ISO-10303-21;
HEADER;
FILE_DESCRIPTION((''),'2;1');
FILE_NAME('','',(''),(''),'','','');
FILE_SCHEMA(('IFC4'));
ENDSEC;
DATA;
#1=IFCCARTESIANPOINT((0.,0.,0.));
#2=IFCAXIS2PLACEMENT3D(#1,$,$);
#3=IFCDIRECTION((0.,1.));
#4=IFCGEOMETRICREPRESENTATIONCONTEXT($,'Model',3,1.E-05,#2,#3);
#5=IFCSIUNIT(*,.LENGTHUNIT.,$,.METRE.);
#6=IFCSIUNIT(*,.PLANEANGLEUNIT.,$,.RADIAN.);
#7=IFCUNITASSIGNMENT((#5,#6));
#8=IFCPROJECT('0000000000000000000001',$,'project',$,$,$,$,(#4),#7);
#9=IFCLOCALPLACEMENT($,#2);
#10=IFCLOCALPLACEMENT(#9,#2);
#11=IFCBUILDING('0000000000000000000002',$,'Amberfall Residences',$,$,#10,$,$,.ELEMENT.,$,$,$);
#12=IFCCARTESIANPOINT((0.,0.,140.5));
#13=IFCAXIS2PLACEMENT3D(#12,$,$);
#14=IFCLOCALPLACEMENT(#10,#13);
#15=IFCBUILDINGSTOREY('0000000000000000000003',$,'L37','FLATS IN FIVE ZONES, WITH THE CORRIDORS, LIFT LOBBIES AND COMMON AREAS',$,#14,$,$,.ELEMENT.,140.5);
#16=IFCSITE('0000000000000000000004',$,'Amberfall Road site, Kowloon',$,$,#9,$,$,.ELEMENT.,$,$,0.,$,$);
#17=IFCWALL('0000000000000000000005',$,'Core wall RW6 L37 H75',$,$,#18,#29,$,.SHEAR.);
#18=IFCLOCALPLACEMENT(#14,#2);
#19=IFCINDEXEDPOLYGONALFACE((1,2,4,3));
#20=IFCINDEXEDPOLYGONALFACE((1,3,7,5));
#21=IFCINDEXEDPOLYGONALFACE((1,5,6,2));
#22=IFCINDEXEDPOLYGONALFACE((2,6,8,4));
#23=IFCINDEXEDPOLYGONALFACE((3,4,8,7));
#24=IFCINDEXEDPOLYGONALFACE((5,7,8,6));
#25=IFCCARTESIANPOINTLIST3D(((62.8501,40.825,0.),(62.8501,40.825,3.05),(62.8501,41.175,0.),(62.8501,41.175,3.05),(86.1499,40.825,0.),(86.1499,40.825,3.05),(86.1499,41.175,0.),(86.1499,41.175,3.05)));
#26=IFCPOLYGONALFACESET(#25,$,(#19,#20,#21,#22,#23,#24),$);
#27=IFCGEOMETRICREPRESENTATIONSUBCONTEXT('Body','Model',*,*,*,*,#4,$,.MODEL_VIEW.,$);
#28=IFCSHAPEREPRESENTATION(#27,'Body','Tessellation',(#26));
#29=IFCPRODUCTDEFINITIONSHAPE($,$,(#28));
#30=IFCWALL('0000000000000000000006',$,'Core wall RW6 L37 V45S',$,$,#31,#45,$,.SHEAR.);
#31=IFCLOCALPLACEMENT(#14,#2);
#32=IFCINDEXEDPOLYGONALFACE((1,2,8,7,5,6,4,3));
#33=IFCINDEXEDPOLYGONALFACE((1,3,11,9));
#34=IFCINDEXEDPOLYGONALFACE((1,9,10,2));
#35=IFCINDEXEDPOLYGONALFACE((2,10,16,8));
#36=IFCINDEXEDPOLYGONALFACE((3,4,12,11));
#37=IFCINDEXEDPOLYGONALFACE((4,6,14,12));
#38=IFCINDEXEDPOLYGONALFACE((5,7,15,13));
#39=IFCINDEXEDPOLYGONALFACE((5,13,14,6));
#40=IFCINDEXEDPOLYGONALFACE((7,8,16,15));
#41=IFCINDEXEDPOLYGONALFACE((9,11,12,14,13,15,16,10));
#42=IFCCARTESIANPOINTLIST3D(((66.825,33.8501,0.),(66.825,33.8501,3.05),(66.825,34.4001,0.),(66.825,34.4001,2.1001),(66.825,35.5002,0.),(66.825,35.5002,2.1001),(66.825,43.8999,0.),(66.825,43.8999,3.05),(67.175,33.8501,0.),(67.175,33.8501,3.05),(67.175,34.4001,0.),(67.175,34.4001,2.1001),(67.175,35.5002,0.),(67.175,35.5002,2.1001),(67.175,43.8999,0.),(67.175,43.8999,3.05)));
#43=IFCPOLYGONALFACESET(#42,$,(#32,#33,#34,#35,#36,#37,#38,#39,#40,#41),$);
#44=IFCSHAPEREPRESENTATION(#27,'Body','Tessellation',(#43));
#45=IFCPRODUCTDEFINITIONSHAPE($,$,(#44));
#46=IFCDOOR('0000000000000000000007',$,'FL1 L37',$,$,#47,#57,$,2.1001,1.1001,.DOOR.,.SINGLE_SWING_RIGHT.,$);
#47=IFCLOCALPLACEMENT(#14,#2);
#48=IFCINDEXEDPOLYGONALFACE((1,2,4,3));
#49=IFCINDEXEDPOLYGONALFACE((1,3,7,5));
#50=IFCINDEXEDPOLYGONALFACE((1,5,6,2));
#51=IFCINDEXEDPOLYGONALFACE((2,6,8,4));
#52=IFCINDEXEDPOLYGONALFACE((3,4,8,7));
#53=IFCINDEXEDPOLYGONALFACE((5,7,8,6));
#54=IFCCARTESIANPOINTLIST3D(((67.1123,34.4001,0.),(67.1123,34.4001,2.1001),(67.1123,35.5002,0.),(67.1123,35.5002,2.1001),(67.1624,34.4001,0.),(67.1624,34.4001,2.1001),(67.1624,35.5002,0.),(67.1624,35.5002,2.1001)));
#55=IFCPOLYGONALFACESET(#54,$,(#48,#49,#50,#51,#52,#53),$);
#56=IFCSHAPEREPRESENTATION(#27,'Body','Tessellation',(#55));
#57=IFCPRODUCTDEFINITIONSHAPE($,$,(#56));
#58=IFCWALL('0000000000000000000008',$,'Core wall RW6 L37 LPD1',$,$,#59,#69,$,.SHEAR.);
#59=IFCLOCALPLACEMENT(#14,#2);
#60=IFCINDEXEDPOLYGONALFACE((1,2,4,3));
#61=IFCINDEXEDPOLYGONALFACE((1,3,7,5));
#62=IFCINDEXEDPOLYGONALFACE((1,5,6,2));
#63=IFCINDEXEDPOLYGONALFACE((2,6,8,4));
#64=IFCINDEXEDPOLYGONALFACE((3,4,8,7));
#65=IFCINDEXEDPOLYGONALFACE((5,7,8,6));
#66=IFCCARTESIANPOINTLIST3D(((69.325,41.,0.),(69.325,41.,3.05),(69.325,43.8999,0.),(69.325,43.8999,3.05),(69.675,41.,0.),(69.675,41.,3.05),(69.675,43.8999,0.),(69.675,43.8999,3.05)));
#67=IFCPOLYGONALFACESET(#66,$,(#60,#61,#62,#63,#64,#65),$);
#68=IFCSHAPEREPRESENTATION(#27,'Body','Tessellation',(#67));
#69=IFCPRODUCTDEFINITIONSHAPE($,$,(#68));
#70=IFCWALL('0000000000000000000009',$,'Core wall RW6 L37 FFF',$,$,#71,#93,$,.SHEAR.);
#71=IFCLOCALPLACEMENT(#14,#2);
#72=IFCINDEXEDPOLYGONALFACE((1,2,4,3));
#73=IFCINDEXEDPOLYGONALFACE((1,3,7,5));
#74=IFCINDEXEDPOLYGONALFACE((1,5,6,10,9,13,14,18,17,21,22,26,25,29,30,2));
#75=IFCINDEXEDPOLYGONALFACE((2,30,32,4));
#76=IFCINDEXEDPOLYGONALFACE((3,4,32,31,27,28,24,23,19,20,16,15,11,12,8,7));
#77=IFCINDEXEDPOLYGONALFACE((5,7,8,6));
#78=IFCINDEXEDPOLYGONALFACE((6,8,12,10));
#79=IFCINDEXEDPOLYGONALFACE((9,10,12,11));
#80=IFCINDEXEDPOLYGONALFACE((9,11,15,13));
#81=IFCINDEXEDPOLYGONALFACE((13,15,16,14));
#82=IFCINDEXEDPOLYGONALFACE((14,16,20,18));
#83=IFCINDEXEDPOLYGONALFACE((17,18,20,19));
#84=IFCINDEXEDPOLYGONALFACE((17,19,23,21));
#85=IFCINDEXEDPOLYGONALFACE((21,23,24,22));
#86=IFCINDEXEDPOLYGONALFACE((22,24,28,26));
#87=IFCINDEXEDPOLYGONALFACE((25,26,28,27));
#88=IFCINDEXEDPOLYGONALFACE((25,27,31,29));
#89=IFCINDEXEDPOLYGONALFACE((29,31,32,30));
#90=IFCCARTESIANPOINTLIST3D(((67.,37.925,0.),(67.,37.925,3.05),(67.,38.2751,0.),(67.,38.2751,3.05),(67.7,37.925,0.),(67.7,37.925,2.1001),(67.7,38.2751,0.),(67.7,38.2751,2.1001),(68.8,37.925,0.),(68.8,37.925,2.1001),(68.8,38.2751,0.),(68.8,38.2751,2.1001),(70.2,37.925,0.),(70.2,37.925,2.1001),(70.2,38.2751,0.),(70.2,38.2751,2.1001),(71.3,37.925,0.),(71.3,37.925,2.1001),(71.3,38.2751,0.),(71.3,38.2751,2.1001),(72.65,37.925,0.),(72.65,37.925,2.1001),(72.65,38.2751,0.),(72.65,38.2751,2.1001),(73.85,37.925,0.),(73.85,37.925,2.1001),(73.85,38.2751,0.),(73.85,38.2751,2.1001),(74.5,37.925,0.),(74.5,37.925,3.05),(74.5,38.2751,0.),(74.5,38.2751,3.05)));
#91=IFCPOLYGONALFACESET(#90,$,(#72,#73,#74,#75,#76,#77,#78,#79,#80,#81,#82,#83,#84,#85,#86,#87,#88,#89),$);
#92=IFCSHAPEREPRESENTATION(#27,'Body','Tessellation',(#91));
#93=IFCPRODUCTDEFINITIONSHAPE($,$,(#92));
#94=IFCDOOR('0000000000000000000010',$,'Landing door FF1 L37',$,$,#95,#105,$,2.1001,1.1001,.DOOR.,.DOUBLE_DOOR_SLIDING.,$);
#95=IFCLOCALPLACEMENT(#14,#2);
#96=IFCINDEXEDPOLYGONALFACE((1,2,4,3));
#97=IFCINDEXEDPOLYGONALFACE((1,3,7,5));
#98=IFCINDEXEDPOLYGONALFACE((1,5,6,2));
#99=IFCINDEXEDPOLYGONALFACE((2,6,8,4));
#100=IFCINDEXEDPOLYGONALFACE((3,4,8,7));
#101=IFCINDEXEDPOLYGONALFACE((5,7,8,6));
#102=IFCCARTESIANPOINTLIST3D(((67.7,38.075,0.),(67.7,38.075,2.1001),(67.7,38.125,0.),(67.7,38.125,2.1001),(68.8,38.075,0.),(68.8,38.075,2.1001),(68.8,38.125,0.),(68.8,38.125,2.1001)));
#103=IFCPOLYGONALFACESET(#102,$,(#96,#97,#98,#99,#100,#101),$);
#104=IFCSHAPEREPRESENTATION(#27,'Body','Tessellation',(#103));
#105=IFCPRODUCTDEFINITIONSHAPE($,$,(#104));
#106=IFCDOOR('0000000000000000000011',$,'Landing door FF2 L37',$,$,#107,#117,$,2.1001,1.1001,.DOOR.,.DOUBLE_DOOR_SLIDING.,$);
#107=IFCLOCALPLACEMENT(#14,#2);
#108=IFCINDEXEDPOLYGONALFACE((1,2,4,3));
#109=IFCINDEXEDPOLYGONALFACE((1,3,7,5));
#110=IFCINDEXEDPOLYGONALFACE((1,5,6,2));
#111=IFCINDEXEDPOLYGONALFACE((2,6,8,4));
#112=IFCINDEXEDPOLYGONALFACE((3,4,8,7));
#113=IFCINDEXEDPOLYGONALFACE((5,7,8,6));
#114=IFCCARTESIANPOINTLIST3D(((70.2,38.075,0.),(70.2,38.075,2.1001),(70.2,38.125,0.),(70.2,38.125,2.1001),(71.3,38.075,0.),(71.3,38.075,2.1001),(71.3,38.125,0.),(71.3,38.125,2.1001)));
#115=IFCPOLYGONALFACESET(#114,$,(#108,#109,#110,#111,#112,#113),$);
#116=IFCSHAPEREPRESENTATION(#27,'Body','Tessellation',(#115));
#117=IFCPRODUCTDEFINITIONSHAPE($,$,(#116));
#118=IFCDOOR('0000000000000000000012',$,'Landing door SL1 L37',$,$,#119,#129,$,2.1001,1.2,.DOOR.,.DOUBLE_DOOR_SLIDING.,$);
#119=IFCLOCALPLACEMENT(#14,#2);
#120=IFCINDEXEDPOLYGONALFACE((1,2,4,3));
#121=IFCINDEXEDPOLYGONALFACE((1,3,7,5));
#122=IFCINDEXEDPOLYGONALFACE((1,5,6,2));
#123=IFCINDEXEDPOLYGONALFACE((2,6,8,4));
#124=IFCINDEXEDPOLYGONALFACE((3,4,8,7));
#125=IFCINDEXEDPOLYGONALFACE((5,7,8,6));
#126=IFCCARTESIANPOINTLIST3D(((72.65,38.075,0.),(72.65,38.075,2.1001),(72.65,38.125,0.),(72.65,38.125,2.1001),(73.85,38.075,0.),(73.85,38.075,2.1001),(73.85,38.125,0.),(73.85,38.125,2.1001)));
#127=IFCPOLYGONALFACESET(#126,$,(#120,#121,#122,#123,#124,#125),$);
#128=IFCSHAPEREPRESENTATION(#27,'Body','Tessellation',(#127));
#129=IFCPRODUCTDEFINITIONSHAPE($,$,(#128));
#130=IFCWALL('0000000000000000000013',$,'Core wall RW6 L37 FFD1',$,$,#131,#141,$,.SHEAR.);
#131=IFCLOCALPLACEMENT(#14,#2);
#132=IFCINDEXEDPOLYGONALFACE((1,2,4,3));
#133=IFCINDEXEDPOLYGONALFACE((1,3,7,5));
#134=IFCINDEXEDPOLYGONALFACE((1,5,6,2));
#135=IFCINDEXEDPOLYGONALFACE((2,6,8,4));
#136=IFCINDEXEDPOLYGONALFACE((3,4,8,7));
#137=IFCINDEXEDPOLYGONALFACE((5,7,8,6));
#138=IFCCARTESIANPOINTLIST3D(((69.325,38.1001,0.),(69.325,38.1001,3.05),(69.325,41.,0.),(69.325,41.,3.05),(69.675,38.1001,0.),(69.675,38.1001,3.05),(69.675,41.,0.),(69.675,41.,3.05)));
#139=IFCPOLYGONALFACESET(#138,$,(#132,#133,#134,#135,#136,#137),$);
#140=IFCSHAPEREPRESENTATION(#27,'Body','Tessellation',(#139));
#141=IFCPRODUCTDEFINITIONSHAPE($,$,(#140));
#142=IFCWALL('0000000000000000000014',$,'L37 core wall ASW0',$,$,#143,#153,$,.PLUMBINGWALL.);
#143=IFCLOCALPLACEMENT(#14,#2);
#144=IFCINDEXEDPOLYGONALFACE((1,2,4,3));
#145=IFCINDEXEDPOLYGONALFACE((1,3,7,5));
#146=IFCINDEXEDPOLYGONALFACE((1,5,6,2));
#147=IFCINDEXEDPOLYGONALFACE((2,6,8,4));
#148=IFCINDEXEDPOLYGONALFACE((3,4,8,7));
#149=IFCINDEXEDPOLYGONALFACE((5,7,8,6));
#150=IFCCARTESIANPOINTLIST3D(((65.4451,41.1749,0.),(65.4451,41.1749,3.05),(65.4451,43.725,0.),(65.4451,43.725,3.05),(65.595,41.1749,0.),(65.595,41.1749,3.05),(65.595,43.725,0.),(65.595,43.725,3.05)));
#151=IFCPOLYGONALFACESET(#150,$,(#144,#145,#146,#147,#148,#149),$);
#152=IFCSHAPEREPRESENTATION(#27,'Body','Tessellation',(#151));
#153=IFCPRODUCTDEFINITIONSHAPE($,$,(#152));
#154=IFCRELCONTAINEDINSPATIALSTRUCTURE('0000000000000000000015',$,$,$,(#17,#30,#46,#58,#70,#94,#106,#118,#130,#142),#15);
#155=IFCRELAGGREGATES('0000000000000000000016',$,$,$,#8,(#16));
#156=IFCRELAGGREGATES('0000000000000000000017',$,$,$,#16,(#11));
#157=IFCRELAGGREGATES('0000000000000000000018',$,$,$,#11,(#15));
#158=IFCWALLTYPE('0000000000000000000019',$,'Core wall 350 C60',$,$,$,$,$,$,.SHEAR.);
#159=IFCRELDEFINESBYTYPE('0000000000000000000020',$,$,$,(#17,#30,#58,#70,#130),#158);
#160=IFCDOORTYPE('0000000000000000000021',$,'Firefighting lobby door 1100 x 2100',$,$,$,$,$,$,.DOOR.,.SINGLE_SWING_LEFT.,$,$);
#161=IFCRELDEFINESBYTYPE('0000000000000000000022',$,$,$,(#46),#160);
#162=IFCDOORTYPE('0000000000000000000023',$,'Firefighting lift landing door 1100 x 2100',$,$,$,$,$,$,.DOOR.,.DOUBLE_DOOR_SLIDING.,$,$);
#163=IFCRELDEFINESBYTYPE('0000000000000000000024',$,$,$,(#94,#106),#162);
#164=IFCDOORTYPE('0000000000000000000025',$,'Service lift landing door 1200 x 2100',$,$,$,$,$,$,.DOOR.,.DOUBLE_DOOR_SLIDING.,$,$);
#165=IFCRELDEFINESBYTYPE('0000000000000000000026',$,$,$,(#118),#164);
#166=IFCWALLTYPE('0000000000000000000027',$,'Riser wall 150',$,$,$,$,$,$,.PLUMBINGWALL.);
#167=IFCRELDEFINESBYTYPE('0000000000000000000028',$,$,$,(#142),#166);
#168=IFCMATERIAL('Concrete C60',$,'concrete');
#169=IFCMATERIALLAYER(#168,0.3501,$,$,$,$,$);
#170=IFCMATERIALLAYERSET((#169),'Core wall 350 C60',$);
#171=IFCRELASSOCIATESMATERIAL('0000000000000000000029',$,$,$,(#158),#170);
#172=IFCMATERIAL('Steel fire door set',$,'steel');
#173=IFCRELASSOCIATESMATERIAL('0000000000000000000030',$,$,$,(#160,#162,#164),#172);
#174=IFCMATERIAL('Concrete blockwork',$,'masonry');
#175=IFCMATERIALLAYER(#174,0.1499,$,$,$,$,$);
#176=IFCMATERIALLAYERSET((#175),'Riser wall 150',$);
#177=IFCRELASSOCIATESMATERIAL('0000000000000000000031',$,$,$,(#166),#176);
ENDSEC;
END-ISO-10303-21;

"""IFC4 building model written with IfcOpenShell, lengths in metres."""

from ifc_helpers import new_model, si_unit, direction, frame, frame_2d, origin, place, context, subcontext, project, spatial, rectangle, extrude, material, layer, layer_set, type_object, element, fill, save


model = new_model("IFC4")

# Units and contexts
model_context = context("Model", 3, precision=1e-05, world=origin(), true_north=direction((0.0, 1.0)))
body_context = subcontext(model_context, "Body", "Model", "MODEL_VIEW")
ifc_project = project(units=[si_unit("LENGTHUNIT", "METRE"), si_unit("PLANEANGLEUNIT", "RADIAN")], contexts=[model_context])

# Site, building, storey
site_placement = place(None, origin())
site = spatial("IfcSite", under=ifc_project, at=site_placement, Name="Amberfall Road site, Kowloon", CompositionType="ELEMENT", RefElevation=0.0)
building_placement = place(site_placement, origin())
building = spatial("IfcBuilding", under=site, at=building_placement, Name="Amberfall Residences", CompositionType="ELEMENT")
storey_placement = place(building_placement, frame((0.0, 0.0, 140.5)))
storey = spatial("IfcBuildingStorey", under=building, at=storey_placement, Name="L37", Description="FLATS IN FIVE ZONES, WITH THE CORRIDORS, LIFT LOBBIES AND COMMON AREAS", CompositionType="ELEMENT", Elevation=140.5)

# Wall
ifc_material_1 = material(Name="Concrete C60", Category="concrete")
ifc_layer_1 = layer(ifc_material_1, 0.3501)
ifc_layer_set_1 = layer_set([ifc_layer_1], Name="Core wall 350 C60")
wall_type_1 = type_object("IfcWallType", Name="Core wall 350 C60", PredefinedType="SHEAR", material=ifc_layer_set_1)
wall_1_placement = place(storey_placement, frame((62.8501, 41.0, 0.0), z_axis=(0.0, 0.0, 1.0), x_axis=(1.0, 0.0, 0.0)))
element("IfcWall", 1, at=wall_1_placement, inside=storey, type_object=wall_type_1, Name="Core wall RW6 L37 H75", PredefinedType="SHEAR", context=body_context, shape_type="SweptSolid", body=[
    extrude(rectangle(XDim=23.2998, YDim=0.3501, at=frame_2d((11.6499, 0.0))), origin(), (0.0, 0.0, 1.0), 3.05),
])

# Shared definitions
ifc_material_2 = material(Name="Steel fire door set", Category="steel")

# Wall, opening, door
wall_2_placement = place(storey_placement, frame((67.0, 33.8501, 0.0), z_axis=(0.0, 0.0, 1.0), x_axis=(0.0, 1.0, 0.0)))
wall_2 = element("IfcWall", 2, at=wall_2_placement, inside=storey, type_object=wall_type_1, Name="Core wall RW6 L37 V45S", PredefinedType="SHEAR", context=body_context, shape_type="SweptSolid", body=[
    extrude(rectangle(XDim=10.0498, YDim=0.3501, at=frame_2d((5.0249, 0.0))), origin(), (0.0, 0.0, 1.0), 3.05),
])
opening_1_placement = place(wall_2_placement, frame((0.55, 0.0, 0.0)))
opening_1 = element("IfcOpeningElement", 3, at=opening_1_placement, cuts=wall_2, PredefinedType="OPENING", context=body_context, shape_type="SweptSolid", body=[
    extrude(rectangle(XDim=1.1001, YDim=2.1001, at=frame_2d((0.55, 1.05))), frame((0.0, 0.1851, 0.0), z_axis=(0.0, -1.0, 0.0), x_axis=(1.0, 0.0, 0.0)), (0.0, 0.0, 1.0), 0.3701),
])
door_type_1 = type_object("IfcDoorType", Name="Firefighting lobby door 1100 x 2100", OperationType="SINGLE_SWING_LEFT", PredefinedType="DOOR", material=ifc_material_2)
door_1_placement = place(opening_1_placement, origin())
door_1 = element("IfcDoor", 4, at=door_1_placement, inside=storey, type_object=door_type_1, Name="FL1 L37", OperationType="SINGLE_SWING_RIGHT", OverallHeight=2.1001, OverallWidth=1.1001, PredefinedType="DOOR", context=body_context, shape_type="SweptSolid", body=[
    extrude(rectangle(XDim=1.1001, YDim=2.1001, at=frame_2d((0.55, 1.05))), frame((0.0, -0.1123, 0.0), z_axis=(0.0, -1.0, 0.0), x_axis=(1.0, 0.0, 0.0)), (0.0, 0.0, 1.0), 0.05),
])
fill(opening_1, door_1)

# Wall
wall_3_placement = place(storey_placement, frame((69.5, 41.0, 0.0), z_axis=(0.0, 0.0, 1.0), x_axis=(0.0, 1.0, 0.0)))
element("IfcWall", 5, at=wall_3_placement, inside=storey, type_object=wall_type_1, Name="Core wall RW6 L37 LPD1", PredefinedType="SHEAR", context=body_context, shape_type="SweptSolid", body=[
    extrude(rectangle(XDim=2.8999, YDim=0.3501, at=frame_2d((1.45, 0.0))), origin(), (0.0, 0.0, 1.0), 3.05),
])

# Wall, openings, doors
wall_4_placement = place(storey_placement, frame((67.0, 38.1001, 0.0), z_axis=(0.0, 0.0, 1.0), x_axis=(1.0, 0.0, 0.0)))
wall_4 = element("IfcWall", 6, at=wall_4_placement, inside=storey, type_object=wall_type_1, Name="Core wall RW6 L37 FFF", PredefinedType="SHEAR", context=body_context, shape_type="SweptSolid", body=[
    extrude(rectangle(XDim=7.5, YDim=0.3501, at=frame_2d((3.75, 0.0))), origin(), (0.0, 0.0, 1.0), 3.05),
])
opening_2_placement = place(wall_4_placement, frame((0.7, 0.0, 0.0)))
opening_2 = element("IfcOpeningElement", 7, at=opening_2_placement, cuts=wall_4, PredefinedType="OPENING", context=body_context, shape_type="SweptSolid", body=[
    extrude(rectangle(XDim=1.1001, YDim=2.1001, at=frame_2d((0.55, 1.05))), frame((0.0, 0.1851, 0.0), z_axis=(0.0, -1.0, 0.0), x_axis=(1.0, 0.0, 0.0)), (0.0, 0.0, 1.0), 0.3701),
])
opening_3_placement = place(wall_4_placement, frame((3.2, 0.0, 0.0)))
opening_3 = element("IfcOpeningElement", 8, at=opening_3_placement, cuts=wall_4, PredefinedType="OPENING", context=body_context, shape_type="SweptSolid", body=[
    extrude(rectangle(XDim=1.1001, YDim=2.1001, at=frame_2d((0.55, 1.05))), frame((0.0, 0.1851, 0.0), z_axis=(0.0, -1.0, 0.0), x_axis=(1.0, 0.0, 0.0)), (0.0, 0.0, 1.0), 0.3701),
])
opening_4_placement = place(wall_4_placement, frame((5.6499, 0.0, 0.0)))
opening_4 = element("IfcOpeningElement", 9, at=opening_4_placement, cuts=wall_4, PredefinedType="OPENING", context=body_context, shape_type="SweptSolid", body=[
    extrude(rectangle(XDim=1.2, YDim=2.1001, at=frame_2d((0.6001, 1.05))), frame((0.0, 0.1851, 0.0), z_axis=(0.0, -1.0, 0.0), x_axis=(1.0, 0.0, 0.0)), (0.0, 0.0, 1.0), 0.3701),
])
door_type_2 = type_object("IfcDoorType", Name="Firefighting lift landing door 1100 x 2100", OperationType="DOUBLE_DOOR_SLIDING", PredefinedType="DOOR", material=ifc_material_2)
door_2_placement = place(opening_2_placement, origin())
door_2 = element("IfcDoor", 10, at=door_2_placement, inside=storey, type_object=door_type_2, Name="Landing door FF1 L37", OperationType="DOUBLE_DOOR_SLIDING", OverallHeight=2.1001, OverallWidth=1.1001, PredefinedType="DOOR", context=body_context, shape_type="SweptSolid", body=[
    extrude(rectangle(XDim=1.1001, YDim=2.1001, at=frame_2d((0.55, 1.05))), frame((0.0, 0.0249, 0.0), z_axis=(0.0, -1.0, 0.0), x_axis=(1.0, 0.0, 0.0)), (0.0, 0.0, 1.0), 0.05),
])
fill(opening_2, door_2)
door_3_placement = place(opening_3_placement, origin())
door_3 = element("IfcDoor", 11, at=door_3_placement, inside=storey, type_object=door_type_2, Name="Landing door FF2 L37", OperationType="DOUBLE_DOOR_SLIDING", OverallHeight=2.1001, OverallWidth=1.1001, PredefinedType="DOOR", context=body_context, shape_type="SweptSolid", body=[
    extrude(rectangle(XDim=1.1001, YDim=2.1001, at=frame_2d((0.55, 1.05))), frame((0.0, 0.0249, 0.0), z_axis=(0.0, -1.0, 0.0), x_axis=(1.0, 0.0, 0.0)), (0.0, 0.0, 1.0), 0.05),
])
fill(opening_3, door_3)
door_type_3 = type_object("IfcDoorType", Name="Service lift landing door 1200 x 2100", OperationType="DOUBLE_DOOR_SLIDING", PredefinedType="DOOR", material=ifc_material_2)
door_4_placement = place(opening_4_placement, origin())
door_4 = element("IfcDoor", 12, at=door_4_placement, inside=storey, type_object=door_type_3, Name="Landing door SL1 L37", OperationType="DOUBLE_DOOR_SLIDING", OverallHeight=2.1001, OverallWidth=1.2, PredefinedType="DOOR", context=body_context, shape_type="SweptSolid", body=[
    extrude(rectangle(XDim=1.2, YDim=2.1001, at=frame_2d((0.6001, 1.05))), frame((0.0, 0.0249, 0.0), z_axis=(0.0, -1.0, 0.0), x_axis=(1.0, 0.0, 0.0)), (0.0, 0.0, 1.0), 0.05),
])
fill(opening_4, door_4)

# Walls
wall_5_placement = place(storey_placement, frame((69.5, 38.1001, 0.0), z_axis=(0.0, 0.0, 1.0), x_axis=(0.0, 1.0, 0.0)))
element("IfcWall", 13, at=wall_5_placement, inside=storey, type_object=wall_type_1, Name="Core wall RW6 L37 FFD1", PredefinedType="SHEAR", context=body_context, shape_type="SweptSolid", body=[
    extrude(rectangle(XDim=2.8999, YDim=0.3501, at=frame_2d((1.45, 0.0))), origin(), (0.0, 0.0, 1.0), 3.05),
])
ifc_material_3 = material(Name="Concrete blockwork", Category="masonry")
ifc_layer_2 = layer(ifc_material_3, 0.1499)
ifc_layer_set_2 = layer_set([ifc_layer_2], Name="Riser wall 150")
wall_type_2 = type_object("IfcWallType", Name="Riser wall 150", PredefinedType="PLUMBINGWALL", material=ifc_layer_set_2)
wall_6_placement = place(storey_placement, frame((65.52, 41.175, 0.0), z_axis=(0.0, 0.0, 1.0), x_axis=(0.0, 1.0, 0.0)))
element("IfcWall", 14, at=wall_6_placement, inside=storey, type_object=wall_type_2, Name="L37 core wall ASW0", PredefinedType="PLUMBINGWALL", context=body_context, shape_type="SweptSolid", body=[
    extrude(rectangle(XDim=2.55, YDim=0.1499, at=frame_2d((1.2749, 0.0))), origin(), (0.0, 0.0, 1.0), 3.05),
])

save(model, "model.ifc")
